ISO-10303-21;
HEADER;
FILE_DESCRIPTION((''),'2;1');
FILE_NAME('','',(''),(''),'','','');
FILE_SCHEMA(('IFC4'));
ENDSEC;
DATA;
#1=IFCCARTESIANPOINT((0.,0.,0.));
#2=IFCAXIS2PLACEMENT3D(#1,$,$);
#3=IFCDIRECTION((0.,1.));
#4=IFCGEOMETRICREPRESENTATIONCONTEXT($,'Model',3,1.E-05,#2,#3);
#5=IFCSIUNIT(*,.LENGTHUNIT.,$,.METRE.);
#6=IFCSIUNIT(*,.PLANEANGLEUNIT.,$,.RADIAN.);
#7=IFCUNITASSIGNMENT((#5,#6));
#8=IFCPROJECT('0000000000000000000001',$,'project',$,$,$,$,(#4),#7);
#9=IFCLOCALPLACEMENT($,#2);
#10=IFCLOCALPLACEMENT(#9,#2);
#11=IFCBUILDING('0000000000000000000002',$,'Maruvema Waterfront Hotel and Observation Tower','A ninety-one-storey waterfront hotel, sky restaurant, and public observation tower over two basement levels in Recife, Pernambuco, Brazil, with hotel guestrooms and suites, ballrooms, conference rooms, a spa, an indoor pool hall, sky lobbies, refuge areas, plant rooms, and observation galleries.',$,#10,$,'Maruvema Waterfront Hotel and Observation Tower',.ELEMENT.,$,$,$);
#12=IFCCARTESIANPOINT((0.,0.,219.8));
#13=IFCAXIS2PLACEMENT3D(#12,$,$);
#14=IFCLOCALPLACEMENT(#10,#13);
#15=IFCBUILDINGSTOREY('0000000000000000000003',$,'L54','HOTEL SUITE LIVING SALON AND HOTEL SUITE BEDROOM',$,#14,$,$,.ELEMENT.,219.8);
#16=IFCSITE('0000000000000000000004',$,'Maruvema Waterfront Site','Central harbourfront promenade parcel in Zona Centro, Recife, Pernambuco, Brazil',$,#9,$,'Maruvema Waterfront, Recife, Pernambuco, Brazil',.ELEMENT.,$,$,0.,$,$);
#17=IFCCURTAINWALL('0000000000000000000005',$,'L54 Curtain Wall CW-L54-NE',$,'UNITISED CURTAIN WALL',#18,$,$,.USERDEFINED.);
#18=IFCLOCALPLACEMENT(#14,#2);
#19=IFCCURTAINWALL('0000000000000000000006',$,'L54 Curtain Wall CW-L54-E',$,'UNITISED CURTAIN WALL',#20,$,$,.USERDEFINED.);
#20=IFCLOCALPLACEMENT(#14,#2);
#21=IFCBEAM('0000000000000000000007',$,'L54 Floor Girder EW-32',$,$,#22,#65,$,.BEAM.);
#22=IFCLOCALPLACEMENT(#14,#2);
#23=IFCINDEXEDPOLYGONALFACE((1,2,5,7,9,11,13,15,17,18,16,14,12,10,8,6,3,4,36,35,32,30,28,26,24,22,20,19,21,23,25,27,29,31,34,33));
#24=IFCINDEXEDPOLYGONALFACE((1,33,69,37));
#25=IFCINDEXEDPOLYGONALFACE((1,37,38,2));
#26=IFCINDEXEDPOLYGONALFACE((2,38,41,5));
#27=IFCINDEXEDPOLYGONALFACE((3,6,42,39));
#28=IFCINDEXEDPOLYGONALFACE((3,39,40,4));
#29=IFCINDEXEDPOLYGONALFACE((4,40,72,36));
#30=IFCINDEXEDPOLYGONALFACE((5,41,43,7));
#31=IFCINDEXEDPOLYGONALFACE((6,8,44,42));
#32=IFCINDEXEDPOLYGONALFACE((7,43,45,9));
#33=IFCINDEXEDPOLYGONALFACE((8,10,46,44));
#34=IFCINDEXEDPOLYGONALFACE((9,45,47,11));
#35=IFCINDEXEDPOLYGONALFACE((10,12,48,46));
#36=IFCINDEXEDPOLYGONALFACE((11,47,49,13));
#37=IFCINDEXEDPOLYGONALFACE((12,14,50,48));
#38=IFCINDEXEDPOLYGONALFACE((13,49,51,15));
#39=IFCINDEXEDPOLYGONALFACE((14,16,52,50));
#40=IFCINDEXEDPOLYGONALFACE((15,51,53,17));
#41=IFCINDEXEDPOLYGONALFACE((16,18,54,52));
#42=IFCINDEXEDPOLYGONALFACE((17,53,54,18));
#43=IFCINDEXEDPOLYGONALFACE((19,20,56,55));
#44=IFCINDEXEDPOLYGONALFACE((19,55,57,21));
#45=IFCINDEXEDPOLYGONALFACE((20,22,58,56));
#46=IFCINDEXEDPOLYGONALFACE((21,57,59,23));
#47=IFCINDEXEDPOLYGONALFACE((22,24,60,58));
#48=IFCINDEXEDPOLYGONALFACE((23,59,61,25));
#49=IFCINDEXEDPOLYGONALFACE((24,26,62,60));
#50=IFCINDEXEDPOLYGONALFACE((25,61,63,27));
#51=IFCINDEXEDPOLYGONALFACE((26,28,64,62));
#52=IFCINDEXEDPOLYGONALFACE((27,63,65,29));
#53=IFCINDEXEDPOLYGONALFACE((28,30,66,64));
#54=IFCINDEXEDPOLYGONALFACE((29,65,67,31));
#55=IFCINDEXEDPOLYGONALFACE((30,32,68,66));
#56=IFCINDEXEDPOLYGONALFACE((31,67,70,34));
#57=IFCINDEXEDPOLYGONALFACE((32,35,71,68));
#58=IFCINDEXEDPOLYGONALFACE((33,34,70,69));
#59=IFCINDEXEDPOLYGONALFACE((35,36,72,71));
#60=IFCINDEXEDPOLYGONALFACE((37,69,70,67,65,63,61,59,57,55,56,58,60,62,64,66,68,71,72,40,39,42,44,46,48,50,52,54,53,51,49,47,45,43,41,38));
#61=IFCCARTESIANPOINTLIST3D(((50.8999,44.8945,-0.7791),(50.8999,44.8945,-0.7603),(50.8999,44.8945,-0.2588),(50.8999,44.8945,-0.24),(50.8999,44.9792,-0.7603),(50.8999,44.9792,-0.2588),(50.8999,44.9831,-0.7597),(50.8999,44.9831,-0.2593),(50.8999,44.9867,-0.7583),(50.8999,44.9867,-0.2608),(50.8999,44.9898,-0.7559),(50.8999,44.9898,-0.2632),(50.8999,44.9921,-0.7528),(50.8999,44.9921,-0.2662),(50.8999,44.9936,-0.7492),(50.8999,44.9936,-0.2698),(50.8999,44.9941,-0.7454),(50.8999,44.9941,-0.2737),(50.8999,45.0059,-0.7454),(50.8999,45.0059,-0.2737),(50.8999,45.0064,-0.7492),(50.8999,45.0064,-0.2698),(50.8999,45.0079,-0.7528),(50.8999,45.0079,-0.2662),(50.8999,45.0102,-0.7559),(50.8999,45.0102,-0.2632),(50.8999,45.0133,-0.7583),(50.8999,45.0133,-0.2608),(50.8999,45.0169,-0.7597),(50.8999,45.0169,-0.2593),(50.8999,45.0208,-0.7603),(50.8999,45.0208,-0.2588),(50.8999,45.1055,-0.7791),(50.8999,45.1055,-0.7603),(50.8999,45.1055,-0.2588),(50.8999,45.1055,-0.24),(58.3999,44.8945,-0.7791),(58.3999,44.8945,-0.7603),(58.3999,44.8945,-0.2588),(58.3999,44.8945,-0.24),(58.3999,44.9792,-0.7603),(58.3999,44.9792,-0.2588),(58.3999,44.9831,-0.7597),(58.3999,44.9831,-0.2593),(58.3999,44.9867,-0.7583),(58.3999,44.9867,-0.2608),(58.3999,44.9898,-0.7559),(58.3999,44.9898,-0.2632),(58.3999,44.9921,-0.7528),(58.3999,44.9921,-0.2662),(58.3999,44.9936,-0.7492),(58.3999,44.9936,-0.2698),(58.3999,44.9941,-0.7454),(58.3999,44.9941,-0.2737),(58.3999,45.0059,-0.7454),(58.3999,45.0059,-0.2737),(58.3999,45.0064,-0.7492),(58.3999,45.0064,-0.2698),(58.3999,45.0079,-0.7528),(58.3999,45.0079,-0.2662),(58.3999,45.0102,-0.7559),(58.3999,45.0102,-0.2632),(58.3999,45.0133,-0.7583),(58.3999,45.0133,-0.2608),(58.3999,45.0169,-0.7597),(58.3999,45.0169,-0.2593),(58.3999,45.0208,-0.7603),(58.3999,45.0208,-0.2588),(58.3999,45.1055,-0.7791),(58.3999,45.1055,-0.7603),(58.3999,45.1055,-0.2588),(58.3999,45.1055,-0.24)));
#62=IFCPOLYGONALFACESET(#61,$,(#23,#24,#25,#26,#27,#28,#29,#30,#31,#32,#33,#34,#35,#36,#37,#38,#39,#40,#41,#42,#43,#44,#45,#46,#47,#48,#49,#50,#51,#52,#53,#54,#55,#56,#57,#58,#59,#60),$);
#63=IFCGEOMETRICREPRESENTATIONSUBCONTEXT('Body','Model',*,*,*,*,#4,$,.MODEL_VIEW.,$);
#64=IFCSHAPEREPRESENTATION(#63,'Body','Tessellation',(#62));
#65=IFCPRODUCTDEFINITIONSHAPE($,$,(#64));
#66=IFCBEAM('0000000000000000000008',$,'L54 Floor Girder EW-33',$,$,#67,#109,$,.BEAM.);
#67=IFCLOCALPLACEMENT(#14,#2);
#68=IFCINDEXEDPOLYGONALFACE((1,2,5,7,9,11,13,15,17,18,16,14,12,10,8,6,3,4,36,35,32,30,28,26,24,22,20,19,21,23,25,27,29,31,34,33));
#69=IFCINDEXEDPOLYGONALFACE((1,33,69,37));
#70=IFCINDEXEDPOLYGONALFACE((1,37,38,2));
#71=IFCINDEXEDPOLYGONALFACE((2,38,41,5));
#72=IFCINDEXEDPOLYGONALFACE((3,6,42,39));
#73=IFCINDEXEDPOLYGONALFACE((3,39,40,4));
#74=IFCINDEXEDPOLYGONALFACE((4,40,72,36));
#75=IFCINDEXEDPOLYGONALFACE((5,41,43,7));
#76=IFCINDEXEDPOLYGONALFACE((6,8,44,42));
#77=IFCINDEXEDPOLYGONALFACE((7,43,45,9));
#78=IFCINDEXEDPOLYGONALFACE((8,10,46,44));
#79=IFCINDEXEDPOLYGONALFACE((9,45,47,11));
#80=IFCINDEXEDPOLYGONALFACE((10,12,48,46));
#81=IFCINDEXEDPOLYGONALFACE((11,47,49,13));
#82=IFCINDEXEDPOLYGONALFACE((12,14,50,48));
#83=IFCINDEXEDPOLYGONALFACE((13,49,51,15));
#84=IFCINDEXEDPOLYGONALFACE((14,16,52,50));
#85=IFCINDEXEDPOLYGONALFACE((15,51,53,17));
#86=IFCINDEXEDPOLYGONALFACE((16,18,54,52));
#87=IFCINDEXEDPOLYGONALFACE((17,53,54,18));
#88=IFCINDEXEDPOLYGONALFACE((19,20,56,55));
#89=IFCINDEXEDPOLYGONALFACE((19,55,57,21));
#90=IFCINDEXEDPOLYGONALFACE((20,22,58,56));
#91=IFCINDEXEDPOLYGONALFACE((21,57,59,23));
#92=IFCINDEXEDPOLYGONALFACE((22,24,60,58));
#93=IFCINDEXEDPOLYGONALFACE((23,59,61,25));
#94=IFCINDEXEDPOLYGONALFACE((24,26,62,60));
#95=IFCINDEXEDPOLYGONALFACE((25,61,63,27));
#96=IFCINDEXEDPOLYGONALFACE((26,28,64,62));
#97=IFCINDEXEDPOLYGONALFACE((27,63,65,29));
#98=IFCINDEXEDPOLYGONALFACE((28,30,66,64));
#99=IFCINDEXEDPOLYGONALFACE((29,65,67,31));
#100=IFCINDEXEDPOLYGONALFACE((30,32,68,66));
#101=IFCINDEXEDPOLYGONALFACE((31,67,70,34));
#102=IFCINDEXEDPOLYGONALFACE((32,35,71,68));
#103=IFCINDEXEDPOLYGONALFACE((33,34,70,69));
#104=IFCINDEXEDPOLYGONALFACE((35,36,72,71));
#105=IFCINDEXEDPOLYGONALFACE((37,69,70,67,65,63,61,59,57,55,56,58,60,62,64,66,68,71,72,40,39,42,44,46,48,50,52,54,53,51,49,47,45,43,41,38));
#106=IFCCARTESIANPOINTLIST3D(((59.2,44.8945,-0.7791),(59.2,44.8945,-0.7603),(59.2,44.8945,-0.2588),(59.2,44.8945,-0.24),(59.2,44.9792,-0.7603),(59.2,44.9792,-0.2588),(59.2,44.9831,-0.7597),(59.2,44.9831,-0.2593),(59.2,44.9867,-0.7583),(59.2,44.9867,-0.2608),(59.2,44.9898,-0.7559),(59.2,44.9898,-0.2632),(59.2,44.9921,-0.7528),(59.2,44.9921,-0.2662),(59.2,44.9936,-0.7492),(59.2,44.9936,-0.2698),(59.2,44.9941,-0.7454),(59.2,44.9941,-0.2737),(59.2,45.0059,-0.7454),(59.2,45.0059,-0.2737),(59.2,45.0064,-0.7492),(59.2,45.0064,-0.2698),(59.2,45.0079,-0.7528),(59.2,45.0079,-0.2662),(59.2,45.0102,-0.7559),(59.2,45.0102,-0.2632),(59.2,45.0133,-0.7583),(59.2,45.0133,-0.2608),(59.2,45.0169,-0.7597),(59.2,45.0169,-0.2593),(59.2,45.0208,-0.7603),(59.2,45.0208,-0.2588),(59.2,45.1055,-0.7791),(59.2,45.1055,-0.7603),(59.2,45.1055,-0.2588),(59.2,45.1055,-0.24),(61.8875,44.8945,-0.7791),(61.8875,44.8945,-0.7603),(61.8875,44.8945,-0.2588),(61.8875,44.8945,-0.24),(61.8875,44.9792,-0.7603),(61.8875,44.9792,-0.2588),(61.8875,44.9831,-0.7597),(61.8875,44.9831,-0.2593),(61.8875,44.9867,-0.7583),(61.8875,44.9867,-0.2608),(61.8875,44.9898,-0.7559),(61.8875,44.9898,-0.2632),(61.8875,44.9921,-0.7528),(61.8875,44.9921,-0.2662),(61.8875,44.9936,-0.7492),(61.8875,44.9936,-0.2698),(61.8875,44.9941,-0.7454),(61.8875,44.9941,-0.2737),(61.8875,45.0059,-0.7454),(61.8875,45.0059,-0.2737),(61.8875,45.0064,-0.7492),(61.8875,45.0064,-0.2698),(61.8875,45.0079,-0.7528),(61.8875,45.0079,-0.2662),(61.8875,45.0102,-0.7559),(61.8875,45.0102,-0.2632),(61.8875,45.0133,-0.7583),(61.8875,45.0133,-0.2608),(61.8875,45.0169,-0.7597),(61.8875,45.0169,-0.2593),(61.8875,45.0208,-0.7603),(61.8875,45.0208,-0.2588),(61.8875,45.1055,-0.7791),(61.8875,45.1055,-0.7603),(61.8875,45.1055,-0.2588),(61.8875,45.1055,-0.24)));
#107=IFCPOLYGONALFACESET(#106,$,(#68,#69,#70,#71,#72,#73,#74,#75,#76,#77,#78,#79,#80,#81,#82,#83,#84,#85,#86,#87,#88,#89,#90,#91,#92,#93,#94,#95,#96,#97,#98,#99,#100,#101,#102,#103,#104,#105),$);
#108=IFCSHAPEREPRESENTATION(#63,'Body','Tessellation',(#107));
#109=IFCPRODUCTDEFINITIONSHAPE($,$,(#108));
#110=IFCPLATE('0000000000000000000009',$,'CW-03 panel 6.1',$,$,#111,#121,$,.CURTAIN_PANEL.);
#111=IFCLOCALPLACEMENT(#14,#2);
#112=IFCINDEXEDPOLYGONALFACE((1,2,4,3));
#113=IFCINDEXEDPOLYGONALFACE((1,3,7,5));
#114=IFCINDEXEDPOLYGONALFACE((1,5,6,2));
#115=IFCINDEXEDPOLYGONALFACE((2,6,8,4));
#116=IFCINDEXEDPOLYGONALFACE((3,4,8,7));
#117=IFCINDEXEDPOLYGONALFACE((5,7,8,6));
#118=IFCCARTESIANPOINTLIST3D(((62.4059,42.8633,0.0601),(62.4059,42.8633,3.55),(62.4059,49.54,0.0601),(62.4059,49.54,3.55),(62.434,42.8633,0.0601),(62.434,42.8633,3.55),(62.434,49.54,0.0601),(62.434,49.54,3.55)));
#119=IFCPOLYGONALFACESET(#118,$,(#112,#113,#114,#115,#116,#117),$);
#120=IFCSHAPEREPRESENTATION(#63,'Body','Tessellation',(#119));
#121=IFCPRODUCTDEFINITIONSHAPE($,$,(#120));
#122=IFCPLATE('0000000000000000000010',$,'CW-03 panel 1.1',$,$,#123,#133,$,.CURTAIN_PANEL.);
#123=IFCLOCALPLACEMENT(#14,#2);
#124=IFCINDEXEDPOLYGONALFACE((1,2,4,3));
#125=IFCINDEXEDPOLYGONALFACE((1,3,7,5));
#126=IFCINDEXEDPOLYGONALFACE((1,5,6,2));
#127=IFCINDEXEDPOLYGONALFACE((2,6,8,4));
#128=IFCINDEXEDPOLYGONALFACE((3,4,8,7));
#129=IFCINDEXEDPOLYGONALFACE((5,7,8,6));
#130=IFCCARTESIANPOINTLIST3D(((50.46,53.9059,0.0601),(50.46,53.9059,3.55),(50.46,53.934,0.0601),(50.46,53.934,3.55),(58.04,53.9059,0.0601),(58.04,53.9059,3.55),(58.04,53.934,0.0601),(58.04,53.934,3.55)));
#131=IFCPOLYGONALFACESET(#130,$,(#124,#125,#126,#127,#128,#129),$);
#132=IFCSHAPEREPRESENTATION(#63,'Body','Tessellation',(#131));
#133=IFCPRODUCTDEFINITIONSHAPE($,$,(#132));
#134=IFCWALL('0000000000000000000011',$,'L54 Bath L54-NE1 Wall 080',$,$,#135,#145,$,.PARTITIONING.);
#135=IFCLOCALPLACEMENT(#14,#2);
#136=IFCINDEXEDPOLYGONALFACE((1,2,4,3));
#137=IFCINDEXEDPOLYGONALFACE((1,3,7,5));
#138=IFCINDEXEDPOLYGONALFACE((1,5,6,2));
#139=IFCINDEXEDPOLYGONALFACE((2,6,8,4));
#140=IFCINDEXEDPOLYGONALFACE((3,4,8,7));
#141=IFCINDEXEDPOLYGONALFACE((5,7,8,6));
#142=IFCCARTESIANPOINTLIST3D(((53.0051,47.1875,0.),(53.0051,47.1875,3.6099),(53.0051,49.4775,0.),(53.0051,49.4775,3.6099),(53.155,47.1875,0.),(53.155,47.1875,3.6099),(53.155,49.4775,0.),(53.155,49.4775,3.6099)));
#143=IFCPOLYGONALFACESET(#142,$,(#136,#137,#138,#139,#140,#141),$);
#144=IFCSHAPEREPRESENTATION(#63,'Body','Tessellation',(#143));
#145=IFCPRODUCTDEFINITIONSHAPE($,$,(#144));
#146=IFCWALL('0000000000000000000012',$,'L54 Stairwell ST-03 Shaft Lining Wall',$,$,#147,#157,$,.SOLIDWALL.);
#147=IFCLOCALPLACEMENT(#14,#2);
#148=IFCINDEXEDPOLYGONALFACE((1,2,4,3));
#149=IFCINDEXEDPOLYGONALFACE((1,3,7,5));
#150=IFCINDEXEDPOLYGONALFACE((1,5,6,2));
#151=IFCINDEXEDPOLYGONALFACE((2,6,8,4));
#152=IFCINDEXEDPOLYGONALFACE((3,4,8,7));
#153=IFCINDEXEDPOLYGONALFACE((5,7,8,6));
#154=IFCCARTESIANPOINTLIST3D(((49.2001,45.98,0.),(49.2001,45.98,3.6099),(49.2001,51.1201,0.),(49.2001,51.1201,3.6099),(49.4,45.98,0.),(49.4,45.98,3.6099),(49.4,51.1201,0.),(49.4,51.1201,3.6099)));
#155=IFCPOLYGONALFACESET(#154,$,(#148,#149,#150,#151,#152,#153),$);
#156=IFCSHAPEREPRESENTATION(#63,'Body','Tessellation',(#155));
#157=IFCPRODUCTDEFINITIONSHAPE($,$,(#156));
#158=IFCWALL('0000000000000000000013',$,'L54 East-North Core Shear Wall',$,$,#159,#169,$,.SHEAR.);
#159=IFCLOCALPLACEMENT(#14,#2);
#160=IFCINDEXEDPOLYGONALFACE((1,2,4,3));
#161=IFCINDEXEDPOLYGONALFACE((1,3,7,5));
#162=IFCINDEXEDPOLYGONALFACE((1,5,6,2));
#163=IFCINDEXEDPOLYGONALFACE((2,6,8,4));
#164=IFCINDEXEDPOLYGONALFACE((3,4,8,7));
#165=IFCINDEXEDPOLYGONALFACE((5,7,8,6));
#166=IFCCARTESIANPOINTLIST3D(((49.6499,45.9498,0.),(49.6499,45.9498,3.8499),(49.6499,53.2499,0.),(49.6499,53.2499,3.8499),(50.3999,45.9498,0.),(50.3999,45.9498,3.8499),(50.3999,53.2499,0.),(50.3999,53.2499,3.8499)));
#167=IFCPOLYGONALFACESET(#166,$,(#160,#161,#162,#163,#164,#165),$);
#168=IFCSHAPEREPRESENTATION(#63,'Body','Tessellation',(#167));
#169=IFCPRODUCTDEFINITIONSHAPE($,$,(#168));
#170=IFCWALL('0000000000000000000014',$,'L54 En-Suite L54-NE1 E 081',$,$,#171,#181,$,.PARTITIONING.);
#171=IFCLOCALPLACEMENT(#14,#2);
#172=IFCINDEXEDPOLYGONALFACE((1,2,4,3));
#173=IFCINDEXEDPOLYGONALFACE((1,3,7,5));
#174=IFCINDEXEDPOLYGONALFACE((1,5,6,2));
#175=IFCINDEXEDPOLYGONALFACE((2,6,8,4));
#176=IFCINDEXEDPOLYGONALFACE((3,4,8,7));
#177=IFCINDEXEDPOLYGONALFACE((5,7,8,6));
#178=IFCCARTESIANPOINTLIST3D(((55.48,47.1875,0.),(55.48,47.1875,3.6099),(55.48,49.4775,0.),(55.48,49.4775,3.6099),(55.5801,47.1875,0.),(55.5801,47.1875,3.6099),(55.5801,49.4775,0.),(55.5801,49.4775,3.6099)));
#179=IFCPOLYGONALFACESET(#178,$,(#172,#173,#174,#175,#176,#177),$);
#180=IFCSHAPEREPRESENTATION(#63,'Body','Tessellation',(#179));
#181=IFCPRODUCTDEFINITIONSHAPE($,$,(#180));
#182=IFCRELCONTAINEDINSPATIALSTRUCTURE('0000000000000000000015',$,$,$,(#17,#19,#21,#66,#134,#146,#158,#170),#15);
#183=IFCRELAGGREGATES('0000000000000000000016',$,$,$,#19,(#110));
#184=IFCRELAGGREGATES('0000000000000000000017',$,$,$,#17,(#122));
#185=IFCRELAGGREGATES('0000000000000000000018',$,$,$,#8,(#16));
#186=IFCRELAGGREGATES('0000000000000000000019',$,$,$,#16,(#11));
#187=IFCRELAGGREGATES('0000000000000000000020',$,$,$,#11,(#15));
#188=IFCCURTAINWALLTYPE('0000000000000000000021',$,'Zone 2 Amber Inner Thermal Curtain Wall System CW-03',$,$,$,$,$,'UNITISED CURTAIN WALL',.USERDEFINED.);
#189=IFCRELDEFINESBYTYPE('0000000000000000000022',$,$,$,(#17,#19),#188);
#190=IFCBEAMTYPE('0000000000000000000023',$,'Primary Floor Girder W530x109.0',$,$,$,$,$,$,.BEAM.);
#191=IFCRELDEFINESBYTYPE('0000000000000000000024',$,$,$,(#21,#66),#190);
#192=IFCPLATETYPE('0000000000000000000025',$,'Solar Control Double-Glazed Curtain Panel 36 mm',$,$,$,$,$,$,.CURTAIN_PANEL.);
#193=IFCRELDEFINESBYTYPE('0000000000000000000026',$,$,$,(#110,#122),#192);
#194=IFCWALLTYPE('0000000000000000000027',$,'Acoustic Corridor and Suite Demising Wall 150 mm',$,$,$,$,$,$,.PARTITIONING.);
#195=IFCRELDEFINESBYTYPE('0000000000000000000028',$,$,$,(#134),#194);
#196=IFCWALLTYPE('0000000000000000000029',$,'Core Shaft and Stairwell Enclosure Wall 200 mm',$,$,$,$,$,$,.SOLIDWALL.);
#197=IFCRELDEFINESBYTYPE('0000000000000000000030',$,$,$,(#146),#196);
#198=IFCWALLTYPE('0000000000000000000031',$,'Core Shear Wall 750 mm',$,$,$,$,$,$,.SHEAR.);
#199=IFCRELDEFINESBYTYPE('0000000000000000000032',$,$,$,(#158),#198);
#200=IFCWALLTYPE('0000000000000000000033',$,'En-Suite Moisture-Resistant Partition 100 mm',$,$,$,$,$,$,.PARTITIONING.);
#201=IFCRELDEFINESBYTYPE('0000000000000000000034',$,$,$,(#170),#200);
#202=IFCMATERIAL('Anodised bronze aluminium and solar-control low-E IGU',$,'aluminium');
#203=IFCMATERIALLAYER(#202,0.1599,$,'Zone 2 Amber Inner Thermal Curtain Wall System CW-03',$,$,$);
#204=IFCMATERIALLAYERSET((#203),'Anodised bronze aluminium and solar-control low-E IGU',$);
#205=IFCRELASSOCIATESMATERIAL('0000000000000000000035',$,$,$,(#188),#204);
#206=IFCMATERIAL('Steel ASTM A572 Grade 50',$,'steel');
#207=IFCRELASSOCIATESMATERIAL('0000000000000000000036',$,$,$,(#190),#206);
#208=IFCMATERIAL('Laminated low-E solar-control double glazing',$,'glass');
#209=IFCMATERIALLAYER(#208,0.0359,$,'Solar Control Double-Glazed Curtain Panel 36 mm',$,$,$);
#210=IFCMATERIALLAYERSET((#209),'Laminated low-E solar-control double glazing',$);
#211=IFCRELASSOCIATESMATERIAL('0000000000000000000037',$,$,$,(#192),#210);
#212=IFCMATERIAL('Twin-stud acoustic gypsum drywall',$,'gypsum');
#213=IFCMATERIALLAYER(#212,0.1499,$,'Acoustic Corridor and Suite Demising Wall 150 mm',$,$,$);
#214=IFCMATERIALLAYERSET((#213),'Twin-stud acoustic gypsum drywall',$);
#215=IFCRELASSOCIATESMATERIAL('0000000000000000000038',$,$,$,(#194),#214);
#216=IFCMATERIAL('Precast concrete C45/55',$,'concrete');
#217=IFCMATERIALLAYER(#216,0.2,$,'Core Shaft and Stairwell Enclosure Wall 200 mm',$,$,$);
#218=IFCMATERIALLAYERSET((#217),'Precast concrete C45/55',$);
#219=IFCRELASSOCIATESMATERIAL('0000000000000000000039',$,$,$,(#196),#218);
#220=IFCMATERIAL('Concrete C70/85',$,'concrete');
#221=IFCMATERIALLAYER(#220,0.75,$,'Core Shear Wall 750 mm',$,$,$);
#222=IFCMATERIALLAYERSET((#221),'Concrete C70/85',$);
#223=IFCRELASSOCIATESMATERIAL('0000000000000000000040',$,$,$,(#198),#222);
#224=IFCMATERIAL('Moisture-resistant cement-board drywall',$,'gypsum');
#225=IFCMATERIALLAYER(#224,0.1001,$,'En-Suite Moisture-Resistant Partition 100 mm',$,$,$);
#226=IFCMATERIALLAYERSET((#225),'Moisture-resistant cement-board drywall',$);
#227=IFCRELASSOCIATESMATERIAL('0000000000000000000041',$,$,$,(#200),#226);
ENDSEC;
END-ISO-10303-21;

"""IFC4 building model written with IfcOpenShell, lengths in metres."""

from ifc_helpers import new_model, si_unit, direction, frame, frame_2d, origin, origin_2d, place, context, subcontext, project, spatial, rectangle, i_section, extrude, material, layer, layer_set, material_profile, profile_set, type_object, element, aggregate, save


model = new_model("IFC4")

# Units and contexts
model_context = context("Model", 3, precision=1e-05, world=origin(), true_north=direction((0.0, 1.0)))
body_context = subcontext(model_context, "Body", "Model", "MODEL_VIEW")
ifc_project = project(units=[si_unit("LENGTHUNIT", "METRE"), si_unit("PLANEANGLEUNIT", "RADIAN")], contexts=[model_context])

# Site, building, storey
site_placement = place(None, origin())
site = spatial("IfcSite", under=ifc_project, at=site_placement, Name="Maruvema Waterfront Site", Description="Central harbourfront promenade parcel in Zona Centro, Recife, Pernambuco, Brazil", LongName="Maruvema Waterfront, Recife, Pernambuco, Brazil", CompositionType="ELEMENT", RefElevation=0.0)
building_placement = place(site_placement, origin())
building = spatial("IfcBuilding", under=site, at=building_placement, Name="Maruvema Waterfront Hotel and Observation Tower", Description="A ninety-one-storey waterfront hotel, sky restaurant, and public observation tower over two basement levels in Recife, Pernambuco, Brazil, with hotel guestrooms and suites, ballrooms, conference rooms, a spa, an indoor pool hall, sky lobbies, refuge areas, plant rooms, and observation galleries.", LongName="Maruvema Waterfront Hotel and Observation Tower", CompositionType="ELEMENT")
storey_placement = place(building_placement, frame((0.0, 0.0, 219.8)))
storey = spatial("IfcBuildingStorey", under=building, at=storey_placement, Name="L54", Description="HOTEL SUITE LIVING SALON AND HOTEL SUITE BEDROOM", CompositionType="ELEMENT", Elevation=219.8)

# Curtain wall
ifc_material_1 = material(Name="Anodised bronze aluminium and solar-control low-E IGU", Category="aluminium")
ifc_layer_1 = layer(ifc_material_1, 0.1599, Name="Zone 2 Amber Inner Thermal Curtain Wall System CW-03")
ifc_layer_set_1 = layer_set([ifc_layer_1], Name="Anodised bronze aluminium and solar-control low-E IGU")
curtain_wall_type = type_object("IfcCurtainWallType", Name="Zone 2 Amber Inner Thermal Curtain Wall System CW-03", ElementType="UNITISED CURTAIN WALL", PredefinedType="USERDEFINED", material=ifc_layer_set_1)
curtain_wall_1_placement = place(storey_placement, origin())
curtain_wall_1 = element("IfcCurtainWall", 1, at=curtain_wall_1_placement, inside=storey, type_object=curtain_wall_type, Name="L54 Curtain Wall CW-L54-NE", ObjectType="UNITISED CURTAIN WALL", PredefinedType="USERDEFINED")

# Curtain wall
curtain_wall_2_placement = place(storey_placement, origin())
curtain_wall_2 = element("IfcCurtainWall", 2, at=curtain_wall_2_placement, inside=storey, type_object=curtain_wall_type, Name="L54 Curtain Wall CW-L54-E", ObjectType="UNITISED CURTAIN WALL", PredefinedType="USERDEFINED")

# Beams
ifc_material_2 = material(Name="Steel ASTM A572 Grade 50", Category="steel")
ifc_material_profile_1 = material_profile(ifc_material_2, i_section(OverallWidth=0.2109, OverallDepth=0.5391, WebThickness=0.0117, FlangeThickness=0.0188, FilletRadius=0.0149, at=origin_2d()), Name="W530x109.0")
ifc_profile_set_1 = profile_set([ifc_material_profile_1], Name="Steel ASTM A572 Grade 50")
beam_type = type_object("IfcBeamType", Name="Primary Floor Girder W530x109.0", PredefinedType="BEAM", material=ifc_profile_set_1)
beam_1_placement = place(storey_placement, frame((50.8999, 45.0, -0.5095), z_axis=(1.0, 0.0, 0.0), x_axis=(0.0, 1.0, 0.0)))
element("IfcBeam", 3, at=beam_1_placement, inside=storey, type_object=beam_type, Name="L54 Floor Girder EW-32", PredefinedType="BEAM", context=body_context, shape_type="SweptSolid", body=[
    extrude(i_section(OverallWidth=0.2109, OverallDepth=0.5391, WebThickness=0.0117, FlangeThickness=0.0188, FilletRadius=0.0149, at=origin_2d()), origin(), (0.0, 0.0, 1.0), 7.5),
])
beam_2_placement = place(storey_placement, frame((59.2, 45.0, -0.5095), z_axis=(1.0, 0.0, 0.0), x_axis=(0.0, 1.0, 0.0)))
element("IfcBeam", 4, at=beam_2_placement, inside=storey, type_object=beam_type, Name="L54 Floor Girder EW-33", PredefinedType="BEAM", context=body_context, shape_type="SweptSolid", body=[
    extrude(i_section(OverallWidth=0.2109, OverallDepth=0.5391, WebThickness=0.0117, FlangeThickness=0.0188, FilletRadius=0.0149, at=origin_2d()), origin(), (0.0, 0.0, 1.0), 2.6875),
])

# Plates
ifc_material_3 = material(Name="Laminated low-E solar-control double glazing", Category="glass")
ifc_layer_2 = layer(ifc_material_3, 0.0359, Name="Solar Control Double-Glazed Curtain Panel 36 mm")
ifc_layer_set_2 = layer_set([ifc_layer_2], Name="Laminated low-E solar-control double glazing")
plate_type = type_object("IfcPlateType", Name="Solar Control Double-Glazed Curtain Panel 36 mm", PredefinedType="CURTAIN_PANEL", material=ifc_layer_set_2)
plate_1_placement = place(storey_placement, frame((62.4199, 46.2017, 0.0601), z_axis=(0.0, 0.0, 1.0), x_axis=(0.0, 1.0, 0.0)))
plate_1 = element("IfcPlate", 5, at=plate_1_placement, type_object=plate_type, Name="CW-03 panel 6.1", PredefinedType="CURTAIN_PANEL", context=body_context, shape_type="SweptSolid", body=[
    extrude(rectangle(XDim=6.6768, YDim=0.0281, at=origin_2d()), origin(), (0.0, 0.0, 1.0), 3.49),
])
aggregate(curtain_wall_2, [plate_1])
plate_2_placement = place(storey_placement, frame((54.25, 53.9199, 0.0601), z_axis=(0.0, 0.0, 1.0), x_axis=(-1.0, 0.0, 0.0)))
plate_2 = element("IfcPlate", 6, at=plate_2_placement, type_object=plate_type, Name="CW-03 panel 1.1", PredefinedType="CURTAIN_PANEL", context=body_context, shape_type="SweptSolid", body=[
    extrude(rectangle(XDim=7.5801, YDim=0.0281, at=origin_2d()), origin(), (0.0, 0.0, 1.0), 3.49),
])
aggregate(curtain_wall_1, [plate_2])

# Walls
ifc_material_4 = material(Name="Twin-stud acoustic gypsum drywall", Category="gypsum")
ifc_layer_3 = layer(ifc_material_4, 0.1499, Name="Acoustic Corridor and Suite Demising Wall 150 mm")
ifc_layer_set_3 = layer_set([ifc_layer_3], Name="Twin-stud acoustic gypsum drywall")
wall_type_1 = type_object("IfcWallType", Name="Acoustic Corridor and Suite Demising Wall 150 mm", PredefinedType="PARTITIONING", material=ifc_layer_set_3)
wall_1_placement = place(storey_placement, frame((53.0801, 47.1875, 0.0), z_axis=(0.0, 0.0, 1.0), x_axis=(0.0, 1.0, 0.0)))
element("IfcWall", 7, at=wall_1_placement, inside=storey, type_object=wall_type_1, Name="L54 Bath L54-NE1 Wall 080", PredefinedType="PARTITIONING", context=body_context, shape_type="SweptSolid", body=[
    extrude(rectangle(XDim=2.29, YDim=0.1499, at=frame_2d((1.145, 0.0))), origin(), (0.0, 0.0, 1.0), 3.6099),
])
ifc_material_5 = material(Name="Precast concrete C45/55", Category="concrete")
ifc_layer_4 = layer(ifc_material_5, 0.2, Name="Core Shaft and Stairwell Enclosure Wall 200 mm")
ifc_layer_set_4 = layer_set([ifc_layer_4], Name="Precast concrete C45/55")
wall_type_2 = type_object("IfcWallType", Name="Core Shaft and Stairwell Enclosure Wall 200 mm", PredefinedType="SOLIDWALL", material=ifc_layer_set_4)
wall_2_placement = place(storey_placement, frame((49.3, 45.98, 0.0), z_axis=(0.0, 0.0, 1.0), x_axis=(0.0, 1.0, 0.0)))
element("IfcWall", 8, at=wall_2_placement, inside=storey, type_object=wall_type_2, Name="L54 Stairwell ST-03 Shaft Lining Wall", PredefinedType="SOLIDWALL", context=body_context, shape_type="SweptSolid", body=[
    extrude(rectangle(XDim=5.1401, YDim=0.2, at=frame_2d((2.5701, 0.0))), origin(), (0.0, 0.0, 1.0), 3.6099),
])
ifc_material_6 = material(Name="Concrete C70/85", Category="concrete")
ifc_layer_5 = layer(ifc_material_6, 0.75, Name="Core Shear Wall 750 mm")
ifc_layer_set_5 = layer_set([ifc_layer_5], Name="Concrete C70/85")
wall_type_3 = type_object("IfcWallType", Name="Core Shear Wall 750 mm", PredefinedType="SHEAR", material=ifc_layer_set_5)
wall_3_placement = place(storey_placement, frame((50.0249, 45.95, 0.0), z_axis=(0.0, 0.0, 1.0), x_axis=(0.0, 1.0, 0.0)))
element("IfcWall", 9, at=wall_3_placement, inside=storey, type_object=wall_type_3, Name="L54 East-North Core Shear Wall", PredefinedType="SHEAR", context=body_context, shape_type="SweptSolid", body=[
    extrude(rectangle(XDim=7.3, YDim=0.75, at=frame_2d((3.6499, 0.0))), origin(), (0.0, 0.0, 1.0), 3.8499),
])
ifc_material_7 = material(Name="Moisture-resistant cement-board drywall", Category="gypsum")
ifc_layer_6 = layer(ifc_material_7, 0.1001, Name="En-Suite Moisture-Resistant Partition 100 mm")
ifc_layer_set_6 = layer_set([ifc_layer_6], Name="Moisture-resistant cement-board drywall")
wall_type_4 = type_object("IfcWallType", Name="En-Suite Moisture-Resistant Partition 100 mm", PredefinedType="PARTITIONING", material=ifc_layer_set_6)
wall_4_placement = place(storey_placement, frame((55.53, 47.1875, 0.0), z_axis=(0.0, 0.0, 1.0), x_axis=(0.0, 1.0, 0.0)))
element("IfcWall", 10, at=wall_4_placement, inside=storey, type_object=wall_type_4, Name="L54 En-Suite L54-NE1 E 081", PredefinedType="PARTITIONING", context=body_context, shape_type="SweptSolid", body=[
    extrude(rectangle(XDim=2.29, YDim=0.1001, at=frame_2d((1.145, 0.0))), origin(), (0.0, 0.0, 1.0), 3.6099),
])

save(model, "model.ifc")
